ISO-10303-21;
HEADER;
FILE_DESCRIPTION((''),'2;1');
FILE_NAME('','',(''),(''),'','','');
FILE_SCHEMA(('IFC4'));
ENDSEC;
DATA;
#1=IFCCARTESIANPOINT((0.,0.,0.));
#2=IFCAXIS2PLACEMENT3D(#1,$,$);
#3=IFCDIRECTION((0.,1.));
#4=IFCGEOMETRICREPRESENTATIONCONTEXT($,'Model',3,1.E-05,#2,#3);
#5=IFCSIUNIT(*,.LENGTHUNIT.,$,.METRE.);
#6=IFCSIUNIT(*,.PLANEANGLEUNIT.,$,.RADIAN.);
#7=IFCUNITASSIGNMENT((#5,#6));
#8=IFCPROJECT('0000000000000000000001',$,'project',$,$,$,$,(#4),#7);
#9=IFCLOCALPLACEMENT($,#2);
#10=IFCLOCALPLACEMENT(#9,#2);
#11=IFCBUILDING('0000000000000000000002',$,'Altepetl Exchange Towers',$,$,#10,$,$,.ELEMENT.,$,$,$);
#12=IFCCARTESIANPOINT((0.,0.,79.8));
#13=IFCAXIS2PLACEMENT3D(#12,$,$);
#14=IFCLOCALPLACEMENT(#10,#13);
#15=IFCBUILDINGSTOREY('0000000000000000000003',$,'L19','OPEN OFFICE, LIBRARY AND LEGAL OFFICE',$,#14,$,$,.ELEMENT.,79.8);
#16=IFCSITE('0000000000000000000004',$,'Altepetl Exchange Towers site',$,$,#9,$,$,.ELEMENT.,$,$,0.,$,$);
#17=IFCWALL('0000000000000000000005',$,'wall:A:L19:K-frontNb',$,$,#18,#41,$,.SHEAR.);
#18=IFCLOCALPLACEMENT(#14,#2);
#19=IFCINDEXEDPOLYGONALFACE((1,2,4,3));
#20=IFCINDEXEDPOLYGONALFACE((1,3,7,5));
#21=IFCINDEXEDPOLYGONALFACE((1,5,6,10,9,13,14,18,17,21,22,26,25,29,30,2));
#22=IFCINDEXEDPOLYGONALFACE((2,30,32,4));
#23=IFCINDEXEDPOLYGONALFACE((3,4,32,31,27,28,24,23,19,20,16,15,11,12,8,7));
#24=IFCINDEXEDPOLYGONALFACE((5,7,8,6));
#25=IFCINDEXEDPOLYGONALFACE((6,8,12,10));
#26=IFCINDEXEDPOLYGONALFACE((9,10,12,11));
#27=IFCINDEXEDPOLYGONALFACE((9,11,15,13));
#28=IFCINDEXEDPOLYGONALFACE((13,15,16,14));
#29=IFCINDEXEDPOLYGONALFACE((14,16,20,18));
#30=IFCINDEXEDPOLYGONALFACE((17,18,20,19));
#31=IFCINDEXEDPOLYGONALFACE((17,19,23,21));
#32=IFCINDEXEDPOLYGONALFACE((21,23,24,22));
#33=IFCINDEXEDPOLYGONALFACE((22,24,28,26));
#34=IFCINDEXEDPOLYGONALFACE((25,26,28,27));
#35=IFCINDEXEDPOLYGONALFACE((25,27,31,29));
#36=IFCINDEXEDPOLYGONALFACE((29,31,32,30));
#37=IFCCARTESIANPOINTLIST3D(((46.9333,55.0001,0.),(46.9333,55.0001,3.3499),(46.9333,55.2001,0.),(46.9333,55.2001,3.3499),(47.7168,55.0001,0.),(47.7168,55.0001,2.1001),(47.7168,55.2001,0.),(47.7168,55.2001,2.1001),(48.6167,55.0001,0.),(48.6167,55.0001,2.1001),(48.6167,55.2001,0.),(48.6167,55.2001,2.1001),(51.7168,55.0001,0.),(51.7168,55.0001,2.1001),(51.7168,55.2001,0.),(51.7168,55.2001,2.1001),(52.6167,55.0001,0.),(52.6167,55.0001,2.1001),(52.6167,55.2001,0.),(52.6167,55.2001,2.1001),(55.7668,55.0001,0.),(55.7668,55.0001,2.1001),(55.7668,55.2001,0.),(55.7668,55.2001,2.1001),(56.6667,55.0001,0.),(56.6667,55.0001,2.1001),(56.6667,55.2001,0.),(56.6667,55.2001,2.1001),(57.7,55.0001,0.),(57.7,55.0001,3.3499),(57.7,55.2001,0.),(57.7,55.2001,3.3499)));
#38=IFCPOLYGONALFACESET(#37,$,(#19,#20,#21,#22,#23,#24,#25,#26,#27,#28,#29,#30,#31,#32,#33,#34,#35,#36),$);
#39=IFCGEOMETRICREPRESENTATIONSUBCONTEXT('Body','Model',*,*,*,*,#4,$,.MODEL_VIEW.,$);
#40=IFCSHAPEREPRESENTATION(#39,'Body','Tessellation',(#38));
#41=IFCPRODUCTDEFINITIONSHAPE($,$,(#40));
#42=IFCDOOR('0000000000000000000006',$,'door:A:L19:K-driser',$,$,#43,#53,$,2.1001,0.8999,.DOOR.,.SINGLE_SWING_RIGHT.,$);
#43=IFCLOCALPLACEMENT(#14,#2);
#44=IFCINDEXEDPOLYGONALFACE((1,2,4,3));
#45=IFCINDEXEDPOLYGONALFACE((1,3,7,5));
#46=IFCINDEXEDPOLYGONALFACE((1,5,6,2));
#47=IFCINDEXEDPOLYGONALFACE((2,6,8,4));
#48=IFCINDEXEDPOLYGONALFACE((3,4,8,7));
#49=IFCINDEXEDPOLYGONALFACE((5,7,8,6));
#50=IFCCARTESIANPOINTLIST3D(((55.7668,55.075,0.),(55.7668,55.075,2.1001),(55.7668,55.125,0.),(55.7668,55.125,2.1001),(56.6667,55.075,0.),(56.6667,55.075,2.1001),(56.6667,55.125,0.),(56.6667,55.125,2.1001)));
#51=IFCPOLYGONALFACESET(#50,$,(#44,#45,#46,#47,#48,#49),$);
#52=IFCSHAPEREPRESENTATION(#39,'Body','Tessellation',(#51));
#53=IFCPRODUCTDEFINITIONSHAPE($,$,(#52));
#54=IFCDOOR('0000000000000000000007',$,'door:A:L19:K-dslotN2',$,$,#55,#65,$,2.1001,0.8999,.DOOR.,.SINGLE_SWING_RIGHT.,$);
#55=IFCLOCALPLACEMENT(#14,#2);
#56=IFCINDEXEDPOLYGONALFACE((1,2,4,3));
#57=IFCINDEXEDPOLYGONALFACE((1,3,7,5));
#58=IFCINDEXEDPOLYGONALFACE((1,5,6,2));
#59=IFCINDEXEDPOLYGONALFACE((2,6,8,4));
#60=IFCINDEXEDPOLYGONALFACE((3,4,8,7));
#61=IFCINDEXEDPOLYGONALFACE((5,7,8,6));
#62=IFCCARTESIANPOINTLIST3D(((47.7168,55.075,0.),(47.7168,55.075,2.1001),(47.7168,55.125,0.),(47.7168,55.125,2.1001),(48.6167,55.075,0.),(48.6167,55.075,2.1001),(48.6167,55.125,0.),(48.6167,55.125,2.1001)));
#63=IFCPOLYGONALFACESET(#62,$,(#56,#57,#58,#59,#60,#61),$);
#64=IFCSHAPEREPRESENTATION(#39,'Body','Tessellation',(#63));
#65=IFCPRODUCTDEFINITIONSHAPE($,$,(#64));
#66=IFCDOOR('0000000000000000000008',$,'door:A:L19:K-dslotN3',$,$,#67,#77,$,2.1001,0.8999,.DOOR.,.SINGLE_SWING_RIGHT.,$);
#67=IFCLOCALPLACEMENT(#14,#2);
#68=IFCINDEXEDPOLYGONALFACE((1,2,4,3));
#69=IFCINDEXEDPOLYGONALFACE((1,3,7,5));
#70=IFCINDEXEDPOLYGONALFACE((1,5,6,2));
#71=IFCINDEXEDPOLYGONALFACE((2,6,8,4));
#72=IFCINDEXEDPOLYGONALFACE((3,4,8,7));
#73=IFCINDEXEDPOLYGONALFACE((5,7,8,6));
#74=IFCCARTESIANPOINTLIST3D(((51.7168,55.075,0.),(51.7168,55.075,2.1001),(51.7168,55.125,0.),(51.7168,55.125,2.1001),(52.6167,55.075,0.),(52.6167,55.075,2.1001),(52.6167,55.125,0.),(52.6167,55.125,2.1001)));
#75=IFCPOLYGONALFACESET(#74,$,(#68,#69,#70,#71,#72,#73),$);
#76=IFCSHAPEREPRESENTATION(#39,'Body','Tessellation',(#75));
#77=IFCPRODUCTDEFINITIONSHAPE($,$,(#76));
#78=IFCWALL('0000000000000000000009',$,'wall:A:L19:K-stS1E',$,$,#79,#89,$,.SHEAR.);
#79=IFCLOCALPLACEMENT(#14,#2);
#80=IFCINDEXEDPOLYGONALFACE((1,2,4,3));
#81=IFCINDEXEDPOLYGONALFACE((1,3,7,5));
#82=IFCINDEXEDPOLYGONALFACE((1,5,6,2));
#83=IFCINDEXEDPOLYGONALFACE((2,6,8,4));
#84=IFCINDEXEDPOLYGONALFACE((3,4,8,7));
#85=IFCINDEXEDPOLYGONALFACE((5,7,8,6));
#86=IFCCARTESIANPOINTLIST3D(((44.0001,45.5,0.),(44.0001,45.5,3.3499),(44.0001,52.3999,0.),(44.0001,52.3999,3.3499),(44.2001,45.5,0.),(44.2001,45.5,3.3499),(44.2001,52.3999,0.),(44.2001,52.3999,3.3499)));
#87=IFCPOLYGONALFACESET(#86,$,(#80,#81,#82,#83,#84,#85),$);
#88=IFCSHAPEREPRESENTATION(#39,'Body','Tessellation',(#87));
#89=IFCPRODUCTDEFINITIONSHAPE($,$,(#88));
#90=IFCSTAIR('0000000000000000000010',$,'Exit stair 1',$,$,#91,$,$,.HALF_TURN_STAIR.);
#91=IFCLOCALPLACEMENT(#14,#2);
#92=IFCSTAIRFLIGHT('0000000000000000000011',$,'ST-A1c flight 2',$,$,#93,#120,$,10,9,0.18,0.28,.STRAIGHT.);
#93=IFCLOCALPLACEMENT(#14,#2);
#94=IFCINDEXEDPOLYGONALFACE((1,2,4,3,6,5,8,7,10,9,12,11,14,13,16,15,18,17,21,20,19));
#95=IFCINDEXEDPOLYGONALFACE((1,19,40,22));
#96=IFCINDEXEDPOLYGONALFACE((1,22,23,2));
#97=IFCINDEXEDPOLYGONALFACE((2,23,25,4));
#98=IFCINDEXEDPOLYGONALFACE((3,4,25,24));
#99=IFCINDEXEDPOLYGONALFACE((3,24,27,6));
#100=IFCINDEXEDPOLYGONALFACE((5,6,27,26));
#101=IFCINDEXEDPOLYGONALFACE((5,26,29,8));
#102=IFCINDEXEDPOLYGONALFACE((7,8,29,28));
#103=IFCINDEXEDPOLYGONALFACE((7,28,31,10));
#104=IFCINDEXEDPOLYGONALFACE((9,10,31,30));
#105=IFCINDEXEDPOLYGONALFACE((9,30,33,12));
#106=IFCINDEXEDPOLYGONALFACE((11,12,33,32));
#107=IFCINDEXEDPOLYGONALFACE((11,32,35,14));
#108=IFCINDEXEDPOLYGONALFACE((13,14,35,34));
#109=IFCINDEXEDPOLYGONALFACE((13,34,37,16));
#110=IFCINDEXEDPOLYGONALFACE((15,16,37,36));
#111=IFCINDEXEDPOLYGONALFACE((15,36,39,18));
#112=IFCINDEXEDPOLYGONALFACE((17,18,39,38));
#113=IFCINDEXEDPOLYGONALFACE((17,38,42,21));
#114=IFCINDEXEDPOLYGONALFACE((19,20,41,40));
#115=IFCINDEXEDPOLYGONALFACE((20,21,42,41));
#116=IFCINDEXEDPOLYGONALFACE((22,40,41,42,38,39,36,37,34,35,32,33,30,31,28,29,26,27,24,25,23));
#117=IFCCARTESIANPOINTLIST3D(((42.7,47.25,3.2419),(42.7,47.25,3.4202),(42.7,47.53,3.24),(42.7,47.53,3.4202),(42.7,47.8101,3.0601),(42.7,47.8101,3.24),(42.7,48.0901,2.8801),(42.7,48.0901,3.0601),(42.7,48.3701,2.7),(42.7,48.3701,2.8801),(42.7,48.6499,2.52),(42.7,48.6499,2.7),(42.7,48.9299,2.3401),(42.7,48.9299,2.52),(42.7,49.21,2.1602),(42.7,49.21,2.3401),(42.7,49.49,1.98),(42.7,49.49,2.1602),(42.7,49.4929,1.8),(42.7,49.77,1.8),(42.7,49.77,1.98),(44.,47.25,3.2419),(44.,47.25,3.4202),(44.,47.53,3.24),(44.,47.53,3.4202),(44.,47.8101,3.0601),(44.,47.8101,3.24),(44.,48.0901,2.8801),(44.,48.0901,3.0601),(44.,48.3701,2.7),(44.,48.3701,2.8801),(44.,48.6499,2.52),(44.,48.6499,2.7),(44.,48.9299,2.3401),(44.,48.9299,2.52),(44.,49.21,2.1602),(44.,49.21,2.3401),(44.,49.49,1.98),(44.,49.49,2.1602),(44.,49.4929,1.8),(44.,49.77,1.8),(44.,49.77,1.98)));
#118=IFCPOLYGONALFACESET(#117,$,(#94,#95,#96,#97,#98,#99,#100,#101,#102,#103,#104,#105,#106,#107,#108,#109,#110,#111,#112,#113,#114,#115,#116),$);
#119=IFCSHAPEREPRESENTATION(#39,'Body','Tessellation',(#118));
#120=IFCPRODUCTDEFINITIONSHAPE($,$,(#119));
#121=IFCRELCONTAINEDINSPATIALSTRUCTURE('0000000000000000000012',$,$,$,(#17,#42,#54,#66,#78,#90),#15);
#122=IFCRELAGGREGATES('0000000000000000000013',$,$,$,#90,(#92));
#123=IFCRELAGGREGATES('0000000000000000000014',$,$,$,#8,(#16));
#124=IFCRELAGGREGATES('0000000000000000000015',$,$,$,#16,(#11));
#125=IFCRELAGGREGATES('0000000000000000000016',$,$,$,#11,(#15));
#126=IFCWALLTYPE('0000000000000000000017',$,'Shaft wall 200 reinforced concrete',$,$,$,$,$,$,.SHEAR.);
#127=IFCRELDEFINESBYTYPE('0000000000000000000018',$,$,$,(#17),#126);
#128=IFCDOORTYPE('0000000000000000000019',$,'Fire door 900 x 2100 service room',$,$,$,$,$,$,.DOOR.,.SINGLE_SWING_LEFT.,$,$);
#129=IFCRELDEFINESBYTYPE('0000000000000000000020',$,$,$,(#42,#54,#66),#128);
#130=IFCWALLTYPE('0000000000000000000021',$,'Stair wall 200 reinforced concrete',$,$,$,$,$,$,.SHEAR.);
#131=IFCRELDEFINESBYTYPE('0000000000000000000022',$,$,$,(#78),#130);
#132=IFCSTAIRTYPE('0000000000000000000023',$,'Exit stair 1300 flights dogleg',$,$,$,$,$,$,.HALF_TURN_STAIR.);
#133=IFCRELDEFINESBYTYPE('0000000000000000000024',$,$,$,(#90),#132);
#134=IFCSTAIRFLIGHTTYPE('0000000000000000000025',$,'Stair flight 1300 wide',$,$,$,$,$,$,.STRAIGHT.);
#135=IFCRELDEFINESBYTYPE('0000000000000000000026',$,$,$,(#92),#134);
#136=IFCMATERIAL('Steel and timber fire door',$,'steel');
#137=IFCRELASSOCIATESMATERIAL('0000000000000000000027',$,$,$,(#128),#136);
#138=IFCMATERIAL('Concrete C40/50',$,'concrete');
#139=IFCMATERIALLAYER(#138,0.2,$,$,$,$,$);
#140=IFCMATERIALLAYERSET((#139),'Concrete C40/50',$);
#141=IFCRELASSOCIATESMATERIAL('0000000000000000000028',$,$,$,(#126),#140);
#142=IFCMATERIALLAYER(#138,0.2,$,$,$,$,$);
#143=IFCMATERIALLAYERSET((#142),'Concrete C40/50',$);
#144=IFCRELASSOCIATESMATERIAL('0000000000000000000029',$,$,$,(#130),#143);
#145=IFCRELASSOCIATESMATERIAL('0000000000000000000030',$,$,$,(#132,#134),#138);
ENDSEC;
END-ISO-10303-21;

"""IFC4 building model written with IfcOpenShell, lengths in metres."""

from ifc_helpers import new_model, si_unit, direction, frame, frame_2d, origin, place, context, subcontext, project, spatial, polyline, rectangle, outline, extrude, material, layer, layer_set, type_object, element, fill, aggregate, save


model = new_model("IFC4")

# Units and contexts
model_context = context("Model", 3, precision=1e-05, world=origin(), true_north=direction((0.0, 1.0)))
body_context = subcontext(model_context, "Body", "Model", "MODEL_VIEW")
ifc_project = project(units=[si_unit("LENGTHUNIT", "METRE"), si_unit("PLANEANGLEUNIT", "RADIAN")], contexts=[model_context])

# Site, building, storey
site_placement = place(None, origin())
site = spatial("IfcSite", under=ifc_project, at=site_placement, Name="Altepetl Exchange Towers site", CompositionType="ELEMENT", RefElevation=0.0)
building_placement = place(site_placement, origin())
building = spatial("IfcBuilding", under=site, at=building_placement, Name="Altepetl Exchange Towers", CompositionType="ELEMENT")
storey_placement = place(building_placement, frame((0.0, 0.0, 79.8)))
storey = spatial("IfcBuildingStorey", under=building, at=storey_placement, Name="L19", Description="OPEN OFFICE, LIBRARY AND LEGAL OFFICE", CompositionType="ELEMENT", Elevation=79.8)

# Shared definitions
ifc_material_1 = material(Name="Steel and timber fire door", Category="steel")

# Shared definitions
door_type_1 = type_object("IfcDoorType", Name="Fire door 900 x 2100 service room", OperationType="SINGLE_SWING_LEFT", PredefinedType="DOOR", material=ifc_material_1)

# Shared definitions
ifc_material_2 = material(Name="Concrete C40/50", Category="concrete")
ifc_layer_1 = layer(ifc_material_2, 0.2)
ifc_layer_set_1 = layer_set([ifc_layer_1], Name="Concrete C40/50")
wall_type_1 = type_object("IfcWallType", Name="Shaft wall 200 reinforced concrete", PredefinedType="SHEAR", material=ifc_layer_set_1)

# Wall, openings, doors
wall_1_placement = place(storey_placement, frame((46.9333, 55.1001, 0.0)))
wall_1 = element("IfcWall", 1, at=wall_1_placement, inside=storey, type_object=wall_type_1, Name="wall:A:L19:K-frontNb", PredefinedType="SHEAR", context=body_context, shape_type="SweptSolid", body=[
    extrude(rectangle(XDim=10.7666, YDim=0.2, at=frame_2d((5.3833, 0.0))), origin(), (0.0, 0.0, 1.0), 3.3499),
])
opening_1_placement = place(wall_1_placement, frame((8.8335, 0.0, 0.0)))
opening_1 = element("IfcOpeningElement", 2, at=opening_1_placement, cuts=wall_1, PredefinedType="OPENING", context=body_context, shape_type="SweptSolid", body=[
    extrude(rectangle(XDim=0.8999, YDim=2.1001, at=frame_2d((0.45, 1.05))), frame((0.0, 0.1099, 0.0), z_axis=(0.0, -1.0, 0.0), x_axis=(1.0, 0.0, 0.0)), (0.0, 0.0, 1.0), 0.22),
])
opening_2_placement = place(wall_1_placement, frame((0.7834, 0.0, 0.0)))
opening_2 = element("IfcOpeningElement", 3, at=opening_2_placement, cuts=wall_1, PredefinedType="OPENING", context=body_context, shape_type="SweptSolid", body=[
    extrude(rectangle(XDim=0.8999, YDim=2.1001, at=frame_2d((0.45, 1.05))), frame((0.0, 0.1099, 0.0), z_axis=(0.0, -1.0, 0.0), x_axis=(1.0, 0.0, 0.0)), (0.0, 0.0, 1.0), 0.22),
])
opening_3_placement = place(wall_1_placement, frame((4.7834, 0.0, 0.0)))
opening_3 = element("IfcOpeningElement", 4, at=opening_3_placement, cuts=wall_1, PredefinedType="OPENING", context=body_context, shape_type="SweptSolid", body=[
    extrude(rectangle(XDim=0.8999, YDim=2.1001, at=frame_2d((0.45, 1.05))), frame((0.0, 0.1099, 0.0), z_axis=(0.0, -1.0, 0.0), x_axis=(1.0, 0.0, 0.0)), (0.0, 0.0, 1.0), 0.22),
])
door_1_placement = place(opening_1_placement, origin())
door_1 = element("IfcDoor", 5, at=door_1_placement, inside=storey, type_object=door_type_1, Name="door:A:L19:K-driser", OperationType="SINGLE_SWING_RIGHT", OverallHeight=2.1001, OverallWidth=0.8999, PredefinedType="DOOR", context=body_context, shape_type="SweptSolid", body=[
    extrude(rectangle(XDim=0.8999, YDim=2.1001, at=frame_2d((0.45, 1.05))), frame((0.0, 0.0249, 0.0), z_axis=(0.0, -1.0, 0.0), x_axis=(1.0, 0.0, 0.0)), (0.0, 0.0, 1.0), 0.05),
])
fill(opening_1, door_1)
door_2_placement = place(opening_2_placement, origin())
door_2 = element("IfcDoor", 6, at=door_2_placement, inside=storey, type_object=door_type_1, Name="door:A:L19:K-dslotN2", OperationType="SINGLE_SWING_RIGHT", OverallHeight=2.1001, OverallWidth=0.8999, PredefinedType="DOOR", context=body_context, shape_type="SweptSolid", body=[
    extrude(rectangle(XDim=0.8999, YDim=2.1001, at=frame_2d((0.45, 1.05))), frame((0.0, 0.0249, 0.0), z_axis=(0.0, -1.0, 0.0), x_axis=(1.0, 0.0, 0.0)), (0.0, 0.0, 1.0), 0.05),
])
fill(opening_2, door_2)
door_3_placement = place(opening_3_placement, origin())
door_3 = element("IfcDoor", 7, at=door_3_placement, inside=storey, type_object=door_type_1, Name="door:A:L19:K-dslotN3", OperationType="SINGLE_SWING_RIGHT", OverallHeight=2.1001, OverallWidth=0.8999, PredefinedType="DOOR", context=body_context, shape_type="SweptSolid", body=[
    extrude(rectangle(XDim=0.8999, YDim=2.1001, at=frame_2d((0.45, 1.05))), frame((0.0, 0.0249, 0.0), z_axis=(0.0, -1.0, 0.0), x_axis=(1.0, 0.0, 0.0)), (0.0, 0.0, 1.0), 0.05),
])
fill(opening_3, door_3)

# Wall
ifc_layer_2 = layer(ifc_material_2, 0.2)
ifc_layer_set_2 = layer_set([ifc_layer_2], Name="Concrete C40/50")
wall_type_2 = type_object("IfcWallType", Name="Stair wall 200 reinforced concrete", PredefinedType="SHEAR", material=ifc_layer_set_2)
wall_2_placement = place(storey_placement, frame((44.1001, 45.5, 0.0), z_axis=(0.0, 0.0, 1.0), x_axis=(0.0, 1.0, 0.0)))
element("IfcWall", 8, at=wall_2_placement, inside=storey, type_object=wall_type_2, Name="wall:A:L19:K-stS1E", PredefinedType="SHEAR", context=body_context, shape_type="SweptSolid", body=[
    extrude(rectangle(XDim=6.8999, YDim=0.2, at=frame_2d((3.45, 0.0))), origin(), (0.0, 0.0, 1.0), 3.3499),
])

# Stair, stair flight
stair_type = type_object("IfcStairType", Name="Exit stair 1300 flights dogleg", PredefinedType="HALF_TURN_STAIR", material=ifc_material_2)
stair_placement = place(storey_placement, origin())
stair = element("IfcStair", 9, at=stair_placement, inside=storey, type_object=stair_type, Name="Exit stair 1", PredefinedType="HALF_TURN_STAIR")
stair_flight_type = type_object("IfcStairFlightType", Name="Stair flight 1300 wide", PredefinedType="STRAIGHT", material=ifc_material_2)
stair_flight_placement = place(storey_placement, frame((43.3501, 49.77, 1.8), z_axis=(0.0, 0.0, 1.0), x_axis=(0.0, -1.0, 0.0)))
stair_flight = element("IfcStairFlight", 10, at=stair_flight_placement, type_object=stair_flight_type, Name="ST-A1c flight 2", NumberOfRisers=10, NumberOfTreads=9, PredefinedType="STRAIGHT", RiserHeight=0.18, TreadLength=0.28, context=body_context, shape_type="SweptSolid", body=[
    extrude(outline(polyline([(0.0, 0.0), (0.0, 0.1799), (0.28, 0.1799), (0.28, 0.3601), (0.5601, 0.3601), (0.5601, 0.54), (0.8401, 0.54), (0.8401, 0.72), (1.1201, 0.72), (1.1201, 0.8999), (1.3999, 0.8999), (1.3999, 1.0801), (1.6799, 1.0801), (1.6799, 1.26), (1.96, 1.26), (1.96, 1.4399), (2.24, 1.4399), (2.24, 1.6201), (2.52, 1.6201), (2.52, 1.8), (2.52, 1.4419), (0.2771, 0.0), (0.0, 0.0)])), frame((0.0, 0.6499, 0.0), z_axis=(0.0, -1.0, 0.0), x_axis=(1.0, 0.0, 0.0)), (0.0, 0.0, 1.0), 1.3),
])
aggregate(stair, [stair_flight])

save(model, "model.ifc")
